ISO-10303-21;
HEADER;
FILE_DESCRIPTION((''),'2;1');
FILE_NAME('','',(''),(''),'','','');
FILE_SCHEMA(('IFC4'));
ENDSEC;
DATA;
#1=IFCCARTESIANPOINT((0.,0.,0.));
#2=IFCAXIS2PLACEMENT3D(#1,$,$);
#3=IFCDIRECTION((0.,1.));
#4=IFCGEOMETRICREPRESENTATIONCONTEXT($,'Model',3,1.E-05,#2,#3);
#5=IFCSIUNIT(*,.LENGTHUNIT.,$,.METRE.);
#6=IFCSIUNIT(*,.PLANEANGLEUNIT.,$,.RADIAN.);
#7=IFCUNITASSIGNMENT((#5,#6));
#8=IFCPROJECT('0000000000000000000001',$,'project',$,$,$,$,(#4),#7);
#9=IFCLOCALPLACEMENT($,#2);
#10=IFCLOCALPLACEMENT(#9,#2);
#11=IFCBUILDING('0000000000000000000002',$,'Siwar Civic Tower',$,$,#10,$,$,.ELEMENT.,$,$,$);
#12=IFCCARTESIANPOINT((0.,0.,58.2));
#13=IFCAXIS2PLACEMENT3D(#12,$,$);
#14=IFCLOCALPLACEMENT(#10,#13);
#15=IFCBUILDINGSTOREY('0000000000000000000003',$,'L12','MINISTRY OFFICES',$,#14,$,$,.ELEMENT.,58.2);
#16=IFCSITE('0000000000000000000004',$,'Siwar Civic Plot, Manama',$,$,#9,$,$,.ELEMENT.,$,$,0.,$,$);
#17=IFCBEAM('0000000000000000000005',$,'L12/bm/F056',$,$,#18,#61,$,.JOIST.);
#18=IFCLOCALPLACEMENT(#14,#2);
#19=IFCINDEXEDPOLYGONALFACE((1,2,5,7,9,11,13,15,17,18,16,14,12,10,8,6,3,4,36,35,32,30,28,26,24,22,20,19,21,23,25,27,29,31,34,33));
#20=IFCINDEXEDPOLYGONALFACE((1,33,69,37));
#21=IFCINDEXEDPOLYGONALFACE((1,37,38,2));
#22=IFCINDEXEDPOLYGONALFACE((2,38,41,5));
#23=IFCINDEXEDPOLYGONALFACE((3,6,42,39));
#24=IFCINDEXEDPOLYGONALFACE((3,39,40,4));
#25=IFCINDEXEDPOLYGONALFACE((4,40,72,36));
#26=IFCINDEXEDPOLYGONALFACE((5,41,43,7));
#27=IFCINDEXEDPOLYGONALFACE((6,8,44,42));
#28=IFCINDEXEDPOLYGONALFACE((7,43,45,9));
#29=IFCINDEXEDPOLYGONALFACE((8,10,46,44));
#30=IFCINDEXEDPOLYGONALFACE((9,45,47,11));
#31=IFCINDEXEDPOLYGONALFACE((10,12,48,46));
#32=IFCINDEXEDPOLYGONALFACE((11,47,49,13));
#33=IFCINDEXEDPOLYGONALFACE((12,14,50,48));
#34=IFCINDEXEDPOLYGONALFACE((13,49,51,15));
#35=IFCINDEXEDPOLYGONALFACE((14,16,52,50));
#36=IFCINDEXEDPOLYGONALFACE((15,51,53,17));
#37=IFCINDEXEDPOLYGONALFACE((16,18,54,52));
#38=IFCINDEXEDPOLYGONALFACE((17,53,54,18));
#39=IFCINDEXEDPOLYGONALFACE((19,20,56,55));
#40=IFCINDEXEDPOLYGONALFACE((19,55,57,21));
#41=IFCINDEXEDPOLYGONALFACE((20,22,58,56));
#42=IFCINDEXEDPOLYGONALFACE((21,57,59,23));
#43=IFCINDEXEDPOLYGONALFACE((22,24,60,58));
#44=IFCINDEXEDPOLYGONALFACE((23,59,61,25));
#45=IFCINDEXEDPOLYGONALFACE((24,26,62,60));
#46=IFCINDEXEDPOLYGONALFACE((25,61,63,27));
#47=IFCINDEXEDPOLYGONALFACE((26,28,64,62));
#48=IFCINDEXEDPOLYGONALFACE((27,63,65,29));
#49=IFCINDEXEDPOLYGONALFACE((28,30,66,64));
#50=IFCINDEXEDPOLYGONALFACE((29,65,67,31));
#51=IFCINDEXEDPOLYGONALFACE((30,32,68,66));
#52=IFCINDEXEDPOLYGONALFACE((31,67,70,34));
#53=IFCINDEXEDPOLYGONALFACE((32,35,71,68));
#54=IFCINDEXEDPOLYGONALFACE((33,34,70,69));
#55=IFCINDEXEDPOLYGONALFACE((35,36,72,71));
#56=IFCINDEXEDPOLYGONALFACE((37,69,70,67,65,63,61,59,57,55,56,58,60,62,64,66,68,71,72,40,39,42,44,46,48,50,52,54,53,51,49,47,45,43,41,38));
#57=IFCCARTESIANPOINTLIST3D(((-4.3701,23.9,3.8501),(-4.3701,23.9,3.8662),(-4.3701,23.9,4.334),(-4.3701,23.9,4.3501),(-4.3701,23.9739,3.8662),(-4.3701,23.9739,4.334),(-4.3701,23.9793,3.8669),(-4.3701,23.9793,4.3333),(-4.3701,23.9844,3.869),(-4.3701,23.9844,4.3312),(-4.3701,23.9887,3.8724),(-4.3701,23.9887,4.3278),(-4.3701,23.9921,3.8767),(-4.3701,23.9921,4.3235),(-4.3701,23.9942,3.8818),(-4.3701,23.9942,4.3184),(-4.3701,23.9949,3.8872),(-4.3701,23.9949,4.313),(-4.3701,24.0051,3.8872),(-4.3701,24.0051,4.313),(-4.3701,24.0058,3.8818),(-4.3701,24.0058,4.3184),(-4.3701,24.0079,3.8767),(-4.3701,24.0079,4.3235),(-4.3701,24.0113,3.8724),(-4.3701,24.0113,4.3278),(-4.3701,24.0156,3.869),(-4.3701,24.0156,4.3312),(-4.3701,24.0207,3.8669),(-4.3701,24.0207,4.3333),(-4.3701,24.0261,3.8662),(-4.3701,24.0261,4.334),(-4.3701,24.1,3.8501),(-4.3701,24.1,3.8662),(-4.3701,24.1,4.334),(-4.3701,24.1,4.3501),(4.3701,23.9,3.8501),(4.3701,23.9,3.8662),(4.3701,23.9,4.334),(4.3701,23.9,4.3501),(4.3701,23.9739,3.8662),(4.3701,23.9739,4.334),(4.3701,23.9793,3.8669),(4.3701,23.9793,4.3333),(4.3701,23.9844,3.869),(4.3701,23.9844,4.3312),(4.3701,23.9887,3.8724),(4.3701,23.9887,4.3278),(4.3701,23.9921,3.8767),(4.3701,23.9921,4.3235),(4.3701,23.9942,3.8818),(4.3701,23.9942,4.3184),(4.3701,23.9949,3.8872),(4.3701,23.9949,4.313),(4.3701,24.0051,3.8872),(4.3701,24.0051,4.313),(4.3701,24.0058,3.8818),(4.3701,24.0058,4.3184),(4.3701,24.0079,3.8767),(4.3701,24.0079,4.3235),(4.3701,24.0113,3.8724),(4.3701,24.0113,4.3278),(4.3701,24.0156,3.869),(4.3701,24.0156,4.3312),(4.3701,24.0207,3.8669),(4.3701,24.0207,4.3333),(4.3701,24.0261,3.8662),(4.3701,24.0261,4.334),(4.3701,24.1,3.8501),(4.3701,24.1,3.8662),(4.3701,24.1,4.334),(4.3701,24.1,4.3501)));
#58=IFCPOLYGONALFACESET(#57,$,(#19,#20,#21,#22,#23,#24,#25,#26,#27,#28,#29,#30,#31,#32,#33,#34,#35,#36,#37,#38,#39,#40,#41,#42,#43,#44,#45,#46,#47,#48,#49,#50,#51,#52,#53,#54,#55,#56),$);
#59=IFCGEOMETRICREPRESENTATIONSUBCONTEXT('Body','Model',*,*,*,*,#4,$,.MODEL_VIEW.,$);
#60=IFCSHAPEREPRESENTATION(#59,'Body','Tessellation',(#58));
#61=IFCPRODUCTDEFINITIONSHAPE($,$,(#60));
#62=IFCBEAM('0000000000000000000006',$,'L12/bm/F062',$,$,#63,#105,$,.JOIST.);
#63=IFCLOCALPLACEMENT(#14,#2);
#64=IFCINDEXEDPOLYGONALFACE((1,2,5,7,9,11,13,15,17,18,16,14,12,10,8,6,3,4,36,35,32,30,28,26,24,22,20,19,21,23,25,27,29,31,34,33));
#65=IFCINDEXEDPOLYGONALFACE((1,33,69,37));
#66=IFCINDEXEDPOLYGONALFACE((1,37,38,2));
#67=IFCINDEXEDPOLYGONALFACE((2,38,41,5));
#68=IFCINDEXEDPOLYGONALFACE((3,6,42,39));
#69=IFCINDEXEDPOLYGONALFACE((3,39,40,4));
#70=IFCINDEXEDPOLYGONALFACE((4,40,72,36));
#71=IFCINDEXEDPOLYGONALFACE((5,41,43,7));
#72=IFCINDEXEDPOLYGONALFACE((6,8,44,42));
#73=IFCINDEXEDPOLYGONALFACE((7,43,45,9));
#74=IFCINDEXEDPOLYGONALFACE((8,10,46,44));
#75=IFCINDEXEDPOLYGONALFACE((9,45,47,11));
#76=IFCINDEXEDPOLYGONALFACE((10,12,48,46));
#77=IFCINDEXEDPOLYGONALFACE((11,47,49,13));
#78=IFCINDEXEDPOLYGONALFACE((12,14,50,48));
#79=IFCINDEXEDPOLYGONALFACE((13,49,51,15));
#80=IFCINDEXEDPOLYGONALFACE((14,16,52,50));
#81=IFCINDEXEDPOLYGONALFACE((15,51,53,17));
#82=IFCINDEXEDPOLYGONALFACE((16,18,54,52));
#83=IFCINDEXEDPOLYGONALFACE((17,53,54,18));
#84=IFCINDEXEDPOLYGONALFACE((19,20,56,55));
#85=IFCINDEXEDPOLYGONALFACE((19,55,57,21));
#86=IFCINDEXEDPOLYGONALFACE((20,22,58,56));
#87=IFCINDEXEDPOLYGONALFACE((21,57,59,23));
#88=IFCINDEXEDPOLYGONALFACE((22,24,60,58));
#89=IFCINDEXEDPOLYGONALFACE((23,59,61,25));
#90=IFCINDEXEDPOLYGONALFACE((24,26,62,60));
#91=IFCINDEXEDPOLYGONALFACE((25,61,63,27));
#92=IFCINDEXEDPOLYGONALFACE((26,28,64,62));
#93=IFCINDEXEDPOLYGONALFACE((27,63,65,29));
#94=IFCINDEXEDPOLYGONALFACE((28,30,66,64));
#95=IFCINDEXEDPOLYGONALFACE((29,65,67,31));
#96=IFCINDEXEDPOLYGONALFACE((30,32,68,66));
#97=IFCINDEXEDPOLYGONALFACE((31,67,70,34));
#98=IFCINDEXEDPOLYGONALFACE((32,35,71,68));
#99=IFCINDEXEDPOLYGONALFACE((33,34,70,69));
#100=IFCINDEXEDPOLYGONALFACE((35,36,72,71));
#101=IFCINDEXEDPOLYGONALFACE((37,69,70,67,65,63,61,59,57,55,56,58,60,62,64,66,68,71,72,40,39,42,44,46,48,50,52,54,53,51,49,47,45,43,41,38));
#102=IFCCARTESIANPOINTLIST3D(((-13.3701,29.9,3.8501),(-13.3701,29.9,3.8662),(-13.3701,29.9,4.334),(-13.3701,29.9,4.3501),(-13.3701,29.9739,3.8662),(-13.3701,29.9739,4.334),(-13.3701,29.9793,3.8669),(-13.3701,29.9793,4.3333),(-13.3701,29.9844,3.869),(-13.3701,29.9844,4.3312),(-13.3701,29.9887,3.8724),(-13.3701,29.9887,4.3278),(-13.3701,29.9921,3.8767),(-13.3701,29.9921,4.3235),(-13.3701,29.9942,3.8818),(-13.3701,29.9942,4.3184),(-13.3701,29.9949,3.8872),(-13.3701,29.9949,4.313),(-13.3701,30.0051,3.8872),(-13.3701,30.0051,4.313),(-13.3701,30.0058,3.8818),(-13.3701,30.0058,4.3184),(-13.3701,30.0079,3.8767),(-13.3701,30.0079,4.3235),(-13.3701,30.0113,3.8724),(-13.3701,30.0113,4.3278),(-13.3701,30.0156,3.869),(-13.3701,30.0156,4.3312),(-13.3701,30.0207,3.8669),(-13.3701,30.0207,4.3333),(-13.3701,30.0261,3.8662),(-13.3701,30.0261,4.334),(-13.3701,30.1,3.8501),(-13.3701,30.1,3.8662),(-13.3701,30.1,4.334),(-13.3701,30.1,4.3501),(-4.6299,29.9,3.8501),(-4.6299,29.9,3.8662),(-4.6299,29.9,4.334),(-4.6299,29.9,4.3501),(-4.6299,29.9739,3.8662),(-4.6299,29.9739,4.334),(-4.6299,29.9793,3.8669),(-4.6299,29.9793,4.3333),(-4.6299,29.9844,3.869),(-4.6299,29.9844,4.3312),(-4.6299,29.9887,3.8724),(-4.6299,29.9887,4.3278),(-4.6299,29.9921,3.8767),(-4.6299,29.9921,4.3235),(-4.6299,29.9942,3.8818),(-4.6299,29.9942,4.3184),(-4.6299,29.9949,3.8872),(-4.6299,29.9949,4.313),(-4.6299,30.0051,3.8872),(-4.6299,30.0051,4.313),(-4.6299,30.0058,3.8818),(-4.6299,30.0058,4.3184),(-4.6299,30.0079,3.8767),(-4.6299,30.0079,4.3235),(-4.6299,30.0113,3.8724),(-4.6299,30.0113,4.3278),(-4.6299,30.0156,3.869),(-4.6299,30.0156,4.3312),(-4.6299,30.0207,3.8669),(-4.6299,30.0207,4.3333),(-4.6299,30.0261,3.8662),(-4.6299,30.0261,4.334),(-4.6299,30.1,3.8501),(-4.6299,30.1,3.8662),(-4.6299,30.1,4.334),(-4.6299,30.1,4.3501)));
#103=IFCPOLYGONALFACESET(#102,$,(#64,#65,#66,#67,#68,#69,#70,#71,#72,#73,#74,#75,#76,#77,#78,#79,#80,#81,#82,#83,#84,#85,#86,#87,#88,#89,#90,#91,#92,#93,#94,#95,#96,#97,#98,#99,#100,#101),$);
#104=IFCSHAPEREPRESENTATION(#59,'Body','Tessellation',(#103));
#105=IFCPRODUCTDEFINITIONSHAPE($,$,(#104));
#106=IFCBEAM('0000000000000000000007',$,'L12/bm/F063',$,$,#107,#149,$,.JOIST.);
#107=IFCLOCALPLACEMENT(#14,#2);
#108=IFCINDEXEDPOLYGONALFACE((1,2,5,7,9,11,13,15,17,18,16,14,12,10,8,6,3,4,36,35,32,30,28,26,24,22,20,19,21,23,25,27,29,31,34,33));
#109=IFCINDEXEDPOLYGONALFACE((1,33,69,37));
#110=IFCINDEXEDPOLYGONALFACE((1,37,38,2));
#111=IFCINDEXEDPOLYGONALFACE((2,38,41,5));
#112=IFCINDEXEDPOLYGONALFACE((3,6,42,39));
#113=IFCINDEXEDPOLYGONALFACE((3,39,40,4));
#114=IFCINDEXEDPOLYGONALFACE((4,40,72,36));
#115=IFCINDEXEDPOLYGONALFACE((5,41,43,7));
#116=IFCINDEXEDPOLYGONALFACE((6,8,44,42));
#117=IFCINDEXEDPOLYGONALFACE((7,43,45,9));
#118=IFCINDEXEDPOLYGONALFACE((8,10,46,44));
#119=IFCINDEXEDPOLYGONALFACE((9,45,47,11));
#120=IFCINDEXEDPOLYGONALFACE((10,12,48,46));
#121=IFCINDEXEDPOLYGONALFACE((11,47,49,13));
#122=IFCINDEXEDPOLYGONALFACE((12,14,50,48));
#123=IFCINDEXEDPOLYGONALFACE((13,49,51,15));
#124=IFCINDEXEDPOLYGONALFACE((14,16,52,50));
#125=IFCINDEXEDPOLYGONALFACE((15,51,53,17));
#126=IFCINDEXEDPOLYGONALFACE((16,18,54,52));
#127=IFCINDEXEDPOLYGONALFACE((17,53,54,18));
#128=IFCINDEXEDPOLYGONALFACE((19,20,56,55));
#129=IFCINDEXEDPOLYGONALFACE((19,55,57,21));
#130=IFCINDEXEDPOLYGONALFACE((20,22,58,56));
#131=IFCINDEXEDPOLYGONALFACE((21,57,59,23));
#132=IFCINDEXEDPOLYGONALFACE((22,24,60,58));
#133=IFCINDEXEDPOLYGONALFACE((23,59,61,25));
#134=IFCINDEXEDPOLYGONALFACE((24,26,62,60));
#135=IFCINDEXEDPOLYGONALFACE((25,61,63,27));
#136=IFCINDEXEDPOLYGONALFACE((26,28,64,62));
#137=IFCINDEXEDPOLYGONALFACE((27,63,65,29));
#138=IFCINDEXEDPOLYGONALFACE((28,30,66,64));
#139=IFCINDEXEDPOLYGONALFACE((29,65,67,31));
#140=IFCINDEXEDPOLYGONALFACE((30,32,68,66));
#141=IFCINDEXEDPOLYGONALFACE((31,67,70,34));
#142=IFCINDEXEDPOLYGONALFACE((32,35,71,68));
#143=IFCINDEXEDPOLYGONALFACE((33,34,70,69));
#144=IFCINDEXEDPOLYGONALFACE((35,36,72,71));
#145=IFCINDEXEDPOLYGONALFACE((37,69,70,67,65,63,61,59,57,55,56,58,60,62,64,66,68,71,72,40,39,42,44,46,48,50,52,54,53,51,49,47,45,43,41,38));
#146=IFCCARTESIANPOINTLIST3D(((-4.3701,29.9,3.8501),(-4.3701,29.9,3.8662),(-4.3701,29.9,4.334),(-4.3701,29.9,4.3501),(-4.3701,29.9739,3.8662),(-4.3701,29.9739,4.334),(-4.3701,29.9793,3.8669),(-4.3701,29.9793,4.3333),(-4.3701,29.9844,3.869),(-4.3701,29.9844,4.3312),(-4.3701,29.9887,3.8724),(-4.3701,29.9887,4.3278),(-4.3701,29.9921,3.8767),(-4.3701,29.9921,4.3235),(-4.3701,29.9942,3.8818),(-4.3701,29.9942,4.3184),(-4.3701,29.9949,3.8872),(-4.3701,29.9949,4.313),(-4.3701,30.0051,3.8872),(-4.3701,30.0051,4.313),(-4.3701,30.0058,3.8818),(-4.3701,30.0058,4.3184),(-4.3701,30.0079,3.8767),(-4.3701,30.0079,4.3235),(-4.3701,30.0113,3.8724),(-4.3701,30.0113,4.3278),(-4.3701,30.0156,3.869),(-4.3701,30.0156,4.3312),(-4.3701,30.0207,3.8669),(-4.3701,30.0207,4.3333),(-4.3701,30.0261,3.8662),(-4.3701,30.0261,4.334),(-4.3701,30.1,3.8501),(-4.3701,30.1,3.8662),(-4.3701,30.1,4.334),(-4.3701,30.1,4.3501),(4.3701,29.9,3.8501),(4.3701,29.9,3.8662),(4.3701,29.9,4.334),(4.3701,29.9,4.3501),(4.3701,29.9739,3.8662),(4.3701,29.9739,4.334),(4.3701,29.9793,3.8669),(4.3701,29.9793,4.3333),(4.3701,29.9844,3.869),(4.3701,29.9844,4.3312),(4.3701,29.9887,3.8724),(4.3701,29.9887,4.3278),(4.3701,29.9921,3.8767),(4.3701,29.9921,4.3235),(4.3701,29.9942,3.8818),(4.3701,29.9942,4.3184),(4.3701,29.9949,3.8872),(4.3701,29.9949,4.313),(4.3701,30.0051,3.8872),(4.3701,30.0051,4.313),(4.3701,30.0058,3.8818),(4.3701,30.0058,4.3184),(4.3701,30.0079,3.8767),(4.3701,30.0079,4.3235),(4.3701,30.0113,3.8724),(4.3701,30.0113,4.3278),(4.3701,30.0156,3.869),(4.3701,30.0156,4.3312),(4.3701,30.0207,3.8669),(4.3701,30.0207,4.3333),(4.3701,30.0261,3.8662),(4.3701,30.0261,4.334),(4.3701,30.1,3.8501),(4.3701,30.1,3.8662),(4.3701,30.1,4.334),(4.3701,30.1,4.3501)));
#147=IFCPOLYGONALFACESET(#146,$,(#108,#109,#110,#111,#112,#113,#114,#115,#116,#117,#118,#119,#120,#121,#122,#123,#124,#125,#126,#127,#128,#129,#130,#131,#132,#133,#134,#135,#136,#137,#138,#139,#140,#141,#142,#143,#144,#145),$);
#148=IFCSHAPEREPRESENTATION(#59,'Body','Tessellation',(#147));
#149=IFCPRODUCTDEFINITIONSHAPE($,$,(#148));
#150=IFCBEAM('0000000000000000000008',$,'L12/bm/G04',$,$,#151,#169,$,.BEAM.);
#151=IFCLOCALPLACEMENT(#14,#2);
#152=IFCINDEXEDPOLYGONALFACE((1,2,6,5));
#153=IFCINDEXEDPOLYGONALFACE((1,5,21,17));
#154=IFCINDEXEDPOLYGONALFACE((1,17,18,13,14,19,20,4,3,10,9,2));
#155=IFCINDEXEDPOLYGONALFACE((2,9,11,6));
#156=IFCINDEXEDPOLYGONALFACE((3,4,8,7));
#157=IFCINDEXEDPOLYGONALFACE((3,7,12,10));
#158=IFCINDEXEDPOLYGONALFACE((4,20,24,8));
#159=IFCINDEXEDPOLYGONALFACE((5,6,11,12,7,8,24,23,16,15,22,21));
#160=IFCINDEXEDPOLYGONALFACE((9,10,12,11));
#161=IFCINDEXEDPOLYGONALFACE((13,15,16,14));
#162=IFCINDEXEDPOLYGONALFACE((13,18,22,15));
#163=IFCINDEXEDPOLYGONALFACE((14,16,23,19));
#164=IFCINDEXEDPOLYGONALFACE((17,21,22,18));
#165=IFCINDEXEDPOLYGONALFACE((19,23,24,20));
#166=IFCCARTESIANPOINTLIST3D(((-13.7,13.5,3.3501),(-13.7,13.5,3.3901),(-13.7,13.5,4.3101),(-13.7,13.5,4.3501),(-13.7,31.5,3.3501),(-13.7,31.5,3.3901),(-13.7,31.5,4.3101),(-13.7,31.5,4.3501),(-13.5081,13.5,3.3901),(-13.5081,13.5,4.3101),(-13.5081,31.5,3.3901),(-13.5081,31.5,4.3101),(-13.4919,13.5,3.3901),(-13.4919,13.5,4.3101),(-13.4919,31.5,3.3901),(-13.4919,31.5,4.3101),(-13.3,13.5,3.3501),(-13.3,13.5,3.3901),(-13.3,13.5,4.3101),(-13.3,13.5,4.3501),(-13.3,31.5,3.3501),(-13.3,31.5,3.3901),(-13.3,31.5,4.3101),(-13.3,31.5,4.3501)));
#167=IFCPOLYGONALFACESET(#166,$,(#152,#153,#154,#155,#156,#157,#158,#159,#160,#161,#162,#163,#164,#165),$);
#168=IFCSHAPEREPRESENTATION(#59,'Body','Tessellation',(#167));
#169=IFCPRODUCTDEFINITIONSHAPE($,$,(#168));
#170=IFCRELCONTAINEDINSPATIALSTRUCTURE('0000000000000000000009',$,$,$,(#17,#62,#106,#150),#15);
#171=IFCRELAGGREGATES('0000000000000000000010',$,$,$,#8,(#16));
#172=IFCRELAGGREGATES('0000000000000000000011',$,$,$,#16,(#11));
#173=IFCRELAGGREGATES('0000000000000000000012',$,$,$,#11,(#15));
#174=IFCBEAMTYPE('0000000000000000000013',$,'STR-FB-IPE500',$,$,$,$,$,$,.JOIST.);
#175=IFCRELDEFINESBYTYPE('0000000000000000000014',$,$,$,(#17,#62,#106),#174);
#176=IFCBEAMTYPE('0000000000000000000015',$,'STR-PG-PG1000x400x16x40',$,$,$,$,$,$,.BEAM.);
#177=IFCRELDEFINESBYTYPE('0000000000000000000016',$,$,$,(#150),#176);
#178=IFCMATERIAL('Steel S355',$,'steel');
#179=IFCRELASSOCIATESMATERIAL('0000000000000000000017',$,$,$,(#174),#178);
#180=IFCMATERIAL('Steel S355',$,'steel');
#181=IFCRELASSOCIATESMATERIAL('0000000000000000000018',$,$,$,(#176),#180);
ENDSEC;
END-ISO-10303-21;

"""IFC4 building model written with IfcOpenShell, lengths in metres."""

from ifc_helpers import new_model, si_unit, direction, frame, origin, origin_2d, place, context, subcontext, project, spatial, i_section, extrude, material, material_profile, profile_set, type_object, element, save


model = new_model("IFC4")

# Units and contexts
model_context = context("Model", 3, precision=1e-05, world=origin(), true_north=direction((0.0, 1.0)))
body_context = subcontext(model_context, "Body", "Model", "MODEL_VIEW")
ifc_project = project(units=[si_unit("LENGTHUNIT", "METRE"), si_unit("PLANEANGLEUNIT", "RADIAN")], contexts=[model_context])

# Site, building, storey
site_placement = place(None, origin())
site = spatial("IfcSite", under=ifc_project, at=site_placement, Name="Siwar Civic Plot, Manama", CompositionType="ELEMENT", RefElevation=0.0)
building_placement = place(site_placement, origin())
building = spatial("IfcBuilding", under=site, at=building_placement, Name="Siwar Civic Tower", CompositionType="ELEMENT")
storey_placement = place(building_placement, frame((0.0, 0.0, 58.2)))
storey = spatial("IfcBuildingStorey", under=building, at=storey_placement, Name="L12", Description="MINISTRY OFFICES", CompositionType="ELEMENT", Elevation=58.2)

# Beams
ifc_material_1 = material(Name="Steel S355", Category="steel")
ifc_material_profile_1 = material_profile(ifc_material_1, i_section(OverallWidth=0.2, OverallDepth=0.5, WebThickness=0.0103, FlangeThickness=0.0161, FilletRadius=0.021, at=origin_2d()), Name="IPE500")
ifc_profile_set_1 = profile_set([ifc_material_profile_1], Name="Steel S355")
beam_type_1 = type_object("IfcBeamType", Name="STR-FB-IPE500", PredefinedType="JOIST", material=ifc_profile_set_1)
for number, where, z_axis, x_axis, name in (
    (1, (-4.3701, 24.0, 4.1001), (1.0, 0.0, 0.0), (0.0, 1.0, 0.0), "L12/bm/F056"),
    (2, (-13.3701, 30.0, 4.1001), (1.0, 0.0, 0.0), (0.0, 1.0, 0.0), "L12/bm/F062"),
    (3, (-4.3701, 30.0, 4.1001), (1.0, 0.0, 0.0), (0.0, 1.0, 0.0), "L12/bm/F063"),
):
    element("IfcBeam", number, at=place(storey_placement, frame(where, z_axis=z_axis, x_axis=x_axis)), inside=storey, type_object=beam_type_1, Name=name, PredefinedType="JOIST", context=body_context, shape_type="SweptSolid", body=[
        extrude(i_section(OverallWidth=0.2, OverallDepth=0.5, WebThickness=0.0103, FlangeThickness=0.0161, FilletRadius=0.021, at=origin_2d()), origin(), (0.0, 0.0, 1.0), 8.7402),
    ])
ifc_material_2 = material(Name="Steel S355", Category="steel")
ifc_material_profile_2 = material_profile(ifc_material_2, i_section(OverallWidth=0.3999, OverallDepth=1.0, WebThickness=0.0161, FlangeThickness=0.04, at=origin_2d()), Name="PG1000x400x16x40")
ifc_profile_set_2 = profile_set([ifc_material_profile_2], Name="Steel S355")
beam_type_2 = type_object("IfcBeamType", Name="STR-PG-PG1000x400x16x40", PredefinedType="BEAM", material=ifc_profile_set_2)
beam_1_placement = place(storey_placement, frame((-13.5, 13.5, 3.8501), z_axis=(0.0, 1.0, 0.0), x_axis=(-1.0, 0.0, 0.0)))
element("IfcBeam", 4, at=beam_1_placement, inside=storey, type_object=beam_type_2, Name="L12/bm/G04", PredefinedType="BEAM", context=body_context, shape_type="SweptSolid", body=[
    extrude(i_section(OverallWidth=0.3999, OverallDepth=1.0, WebThickness=0.0161, FlangeThickness=0.04, at=origin_2d()), origin(), (0.0, 0.0, 1.0), 18.0),
])

save(model, "model.ifc")
